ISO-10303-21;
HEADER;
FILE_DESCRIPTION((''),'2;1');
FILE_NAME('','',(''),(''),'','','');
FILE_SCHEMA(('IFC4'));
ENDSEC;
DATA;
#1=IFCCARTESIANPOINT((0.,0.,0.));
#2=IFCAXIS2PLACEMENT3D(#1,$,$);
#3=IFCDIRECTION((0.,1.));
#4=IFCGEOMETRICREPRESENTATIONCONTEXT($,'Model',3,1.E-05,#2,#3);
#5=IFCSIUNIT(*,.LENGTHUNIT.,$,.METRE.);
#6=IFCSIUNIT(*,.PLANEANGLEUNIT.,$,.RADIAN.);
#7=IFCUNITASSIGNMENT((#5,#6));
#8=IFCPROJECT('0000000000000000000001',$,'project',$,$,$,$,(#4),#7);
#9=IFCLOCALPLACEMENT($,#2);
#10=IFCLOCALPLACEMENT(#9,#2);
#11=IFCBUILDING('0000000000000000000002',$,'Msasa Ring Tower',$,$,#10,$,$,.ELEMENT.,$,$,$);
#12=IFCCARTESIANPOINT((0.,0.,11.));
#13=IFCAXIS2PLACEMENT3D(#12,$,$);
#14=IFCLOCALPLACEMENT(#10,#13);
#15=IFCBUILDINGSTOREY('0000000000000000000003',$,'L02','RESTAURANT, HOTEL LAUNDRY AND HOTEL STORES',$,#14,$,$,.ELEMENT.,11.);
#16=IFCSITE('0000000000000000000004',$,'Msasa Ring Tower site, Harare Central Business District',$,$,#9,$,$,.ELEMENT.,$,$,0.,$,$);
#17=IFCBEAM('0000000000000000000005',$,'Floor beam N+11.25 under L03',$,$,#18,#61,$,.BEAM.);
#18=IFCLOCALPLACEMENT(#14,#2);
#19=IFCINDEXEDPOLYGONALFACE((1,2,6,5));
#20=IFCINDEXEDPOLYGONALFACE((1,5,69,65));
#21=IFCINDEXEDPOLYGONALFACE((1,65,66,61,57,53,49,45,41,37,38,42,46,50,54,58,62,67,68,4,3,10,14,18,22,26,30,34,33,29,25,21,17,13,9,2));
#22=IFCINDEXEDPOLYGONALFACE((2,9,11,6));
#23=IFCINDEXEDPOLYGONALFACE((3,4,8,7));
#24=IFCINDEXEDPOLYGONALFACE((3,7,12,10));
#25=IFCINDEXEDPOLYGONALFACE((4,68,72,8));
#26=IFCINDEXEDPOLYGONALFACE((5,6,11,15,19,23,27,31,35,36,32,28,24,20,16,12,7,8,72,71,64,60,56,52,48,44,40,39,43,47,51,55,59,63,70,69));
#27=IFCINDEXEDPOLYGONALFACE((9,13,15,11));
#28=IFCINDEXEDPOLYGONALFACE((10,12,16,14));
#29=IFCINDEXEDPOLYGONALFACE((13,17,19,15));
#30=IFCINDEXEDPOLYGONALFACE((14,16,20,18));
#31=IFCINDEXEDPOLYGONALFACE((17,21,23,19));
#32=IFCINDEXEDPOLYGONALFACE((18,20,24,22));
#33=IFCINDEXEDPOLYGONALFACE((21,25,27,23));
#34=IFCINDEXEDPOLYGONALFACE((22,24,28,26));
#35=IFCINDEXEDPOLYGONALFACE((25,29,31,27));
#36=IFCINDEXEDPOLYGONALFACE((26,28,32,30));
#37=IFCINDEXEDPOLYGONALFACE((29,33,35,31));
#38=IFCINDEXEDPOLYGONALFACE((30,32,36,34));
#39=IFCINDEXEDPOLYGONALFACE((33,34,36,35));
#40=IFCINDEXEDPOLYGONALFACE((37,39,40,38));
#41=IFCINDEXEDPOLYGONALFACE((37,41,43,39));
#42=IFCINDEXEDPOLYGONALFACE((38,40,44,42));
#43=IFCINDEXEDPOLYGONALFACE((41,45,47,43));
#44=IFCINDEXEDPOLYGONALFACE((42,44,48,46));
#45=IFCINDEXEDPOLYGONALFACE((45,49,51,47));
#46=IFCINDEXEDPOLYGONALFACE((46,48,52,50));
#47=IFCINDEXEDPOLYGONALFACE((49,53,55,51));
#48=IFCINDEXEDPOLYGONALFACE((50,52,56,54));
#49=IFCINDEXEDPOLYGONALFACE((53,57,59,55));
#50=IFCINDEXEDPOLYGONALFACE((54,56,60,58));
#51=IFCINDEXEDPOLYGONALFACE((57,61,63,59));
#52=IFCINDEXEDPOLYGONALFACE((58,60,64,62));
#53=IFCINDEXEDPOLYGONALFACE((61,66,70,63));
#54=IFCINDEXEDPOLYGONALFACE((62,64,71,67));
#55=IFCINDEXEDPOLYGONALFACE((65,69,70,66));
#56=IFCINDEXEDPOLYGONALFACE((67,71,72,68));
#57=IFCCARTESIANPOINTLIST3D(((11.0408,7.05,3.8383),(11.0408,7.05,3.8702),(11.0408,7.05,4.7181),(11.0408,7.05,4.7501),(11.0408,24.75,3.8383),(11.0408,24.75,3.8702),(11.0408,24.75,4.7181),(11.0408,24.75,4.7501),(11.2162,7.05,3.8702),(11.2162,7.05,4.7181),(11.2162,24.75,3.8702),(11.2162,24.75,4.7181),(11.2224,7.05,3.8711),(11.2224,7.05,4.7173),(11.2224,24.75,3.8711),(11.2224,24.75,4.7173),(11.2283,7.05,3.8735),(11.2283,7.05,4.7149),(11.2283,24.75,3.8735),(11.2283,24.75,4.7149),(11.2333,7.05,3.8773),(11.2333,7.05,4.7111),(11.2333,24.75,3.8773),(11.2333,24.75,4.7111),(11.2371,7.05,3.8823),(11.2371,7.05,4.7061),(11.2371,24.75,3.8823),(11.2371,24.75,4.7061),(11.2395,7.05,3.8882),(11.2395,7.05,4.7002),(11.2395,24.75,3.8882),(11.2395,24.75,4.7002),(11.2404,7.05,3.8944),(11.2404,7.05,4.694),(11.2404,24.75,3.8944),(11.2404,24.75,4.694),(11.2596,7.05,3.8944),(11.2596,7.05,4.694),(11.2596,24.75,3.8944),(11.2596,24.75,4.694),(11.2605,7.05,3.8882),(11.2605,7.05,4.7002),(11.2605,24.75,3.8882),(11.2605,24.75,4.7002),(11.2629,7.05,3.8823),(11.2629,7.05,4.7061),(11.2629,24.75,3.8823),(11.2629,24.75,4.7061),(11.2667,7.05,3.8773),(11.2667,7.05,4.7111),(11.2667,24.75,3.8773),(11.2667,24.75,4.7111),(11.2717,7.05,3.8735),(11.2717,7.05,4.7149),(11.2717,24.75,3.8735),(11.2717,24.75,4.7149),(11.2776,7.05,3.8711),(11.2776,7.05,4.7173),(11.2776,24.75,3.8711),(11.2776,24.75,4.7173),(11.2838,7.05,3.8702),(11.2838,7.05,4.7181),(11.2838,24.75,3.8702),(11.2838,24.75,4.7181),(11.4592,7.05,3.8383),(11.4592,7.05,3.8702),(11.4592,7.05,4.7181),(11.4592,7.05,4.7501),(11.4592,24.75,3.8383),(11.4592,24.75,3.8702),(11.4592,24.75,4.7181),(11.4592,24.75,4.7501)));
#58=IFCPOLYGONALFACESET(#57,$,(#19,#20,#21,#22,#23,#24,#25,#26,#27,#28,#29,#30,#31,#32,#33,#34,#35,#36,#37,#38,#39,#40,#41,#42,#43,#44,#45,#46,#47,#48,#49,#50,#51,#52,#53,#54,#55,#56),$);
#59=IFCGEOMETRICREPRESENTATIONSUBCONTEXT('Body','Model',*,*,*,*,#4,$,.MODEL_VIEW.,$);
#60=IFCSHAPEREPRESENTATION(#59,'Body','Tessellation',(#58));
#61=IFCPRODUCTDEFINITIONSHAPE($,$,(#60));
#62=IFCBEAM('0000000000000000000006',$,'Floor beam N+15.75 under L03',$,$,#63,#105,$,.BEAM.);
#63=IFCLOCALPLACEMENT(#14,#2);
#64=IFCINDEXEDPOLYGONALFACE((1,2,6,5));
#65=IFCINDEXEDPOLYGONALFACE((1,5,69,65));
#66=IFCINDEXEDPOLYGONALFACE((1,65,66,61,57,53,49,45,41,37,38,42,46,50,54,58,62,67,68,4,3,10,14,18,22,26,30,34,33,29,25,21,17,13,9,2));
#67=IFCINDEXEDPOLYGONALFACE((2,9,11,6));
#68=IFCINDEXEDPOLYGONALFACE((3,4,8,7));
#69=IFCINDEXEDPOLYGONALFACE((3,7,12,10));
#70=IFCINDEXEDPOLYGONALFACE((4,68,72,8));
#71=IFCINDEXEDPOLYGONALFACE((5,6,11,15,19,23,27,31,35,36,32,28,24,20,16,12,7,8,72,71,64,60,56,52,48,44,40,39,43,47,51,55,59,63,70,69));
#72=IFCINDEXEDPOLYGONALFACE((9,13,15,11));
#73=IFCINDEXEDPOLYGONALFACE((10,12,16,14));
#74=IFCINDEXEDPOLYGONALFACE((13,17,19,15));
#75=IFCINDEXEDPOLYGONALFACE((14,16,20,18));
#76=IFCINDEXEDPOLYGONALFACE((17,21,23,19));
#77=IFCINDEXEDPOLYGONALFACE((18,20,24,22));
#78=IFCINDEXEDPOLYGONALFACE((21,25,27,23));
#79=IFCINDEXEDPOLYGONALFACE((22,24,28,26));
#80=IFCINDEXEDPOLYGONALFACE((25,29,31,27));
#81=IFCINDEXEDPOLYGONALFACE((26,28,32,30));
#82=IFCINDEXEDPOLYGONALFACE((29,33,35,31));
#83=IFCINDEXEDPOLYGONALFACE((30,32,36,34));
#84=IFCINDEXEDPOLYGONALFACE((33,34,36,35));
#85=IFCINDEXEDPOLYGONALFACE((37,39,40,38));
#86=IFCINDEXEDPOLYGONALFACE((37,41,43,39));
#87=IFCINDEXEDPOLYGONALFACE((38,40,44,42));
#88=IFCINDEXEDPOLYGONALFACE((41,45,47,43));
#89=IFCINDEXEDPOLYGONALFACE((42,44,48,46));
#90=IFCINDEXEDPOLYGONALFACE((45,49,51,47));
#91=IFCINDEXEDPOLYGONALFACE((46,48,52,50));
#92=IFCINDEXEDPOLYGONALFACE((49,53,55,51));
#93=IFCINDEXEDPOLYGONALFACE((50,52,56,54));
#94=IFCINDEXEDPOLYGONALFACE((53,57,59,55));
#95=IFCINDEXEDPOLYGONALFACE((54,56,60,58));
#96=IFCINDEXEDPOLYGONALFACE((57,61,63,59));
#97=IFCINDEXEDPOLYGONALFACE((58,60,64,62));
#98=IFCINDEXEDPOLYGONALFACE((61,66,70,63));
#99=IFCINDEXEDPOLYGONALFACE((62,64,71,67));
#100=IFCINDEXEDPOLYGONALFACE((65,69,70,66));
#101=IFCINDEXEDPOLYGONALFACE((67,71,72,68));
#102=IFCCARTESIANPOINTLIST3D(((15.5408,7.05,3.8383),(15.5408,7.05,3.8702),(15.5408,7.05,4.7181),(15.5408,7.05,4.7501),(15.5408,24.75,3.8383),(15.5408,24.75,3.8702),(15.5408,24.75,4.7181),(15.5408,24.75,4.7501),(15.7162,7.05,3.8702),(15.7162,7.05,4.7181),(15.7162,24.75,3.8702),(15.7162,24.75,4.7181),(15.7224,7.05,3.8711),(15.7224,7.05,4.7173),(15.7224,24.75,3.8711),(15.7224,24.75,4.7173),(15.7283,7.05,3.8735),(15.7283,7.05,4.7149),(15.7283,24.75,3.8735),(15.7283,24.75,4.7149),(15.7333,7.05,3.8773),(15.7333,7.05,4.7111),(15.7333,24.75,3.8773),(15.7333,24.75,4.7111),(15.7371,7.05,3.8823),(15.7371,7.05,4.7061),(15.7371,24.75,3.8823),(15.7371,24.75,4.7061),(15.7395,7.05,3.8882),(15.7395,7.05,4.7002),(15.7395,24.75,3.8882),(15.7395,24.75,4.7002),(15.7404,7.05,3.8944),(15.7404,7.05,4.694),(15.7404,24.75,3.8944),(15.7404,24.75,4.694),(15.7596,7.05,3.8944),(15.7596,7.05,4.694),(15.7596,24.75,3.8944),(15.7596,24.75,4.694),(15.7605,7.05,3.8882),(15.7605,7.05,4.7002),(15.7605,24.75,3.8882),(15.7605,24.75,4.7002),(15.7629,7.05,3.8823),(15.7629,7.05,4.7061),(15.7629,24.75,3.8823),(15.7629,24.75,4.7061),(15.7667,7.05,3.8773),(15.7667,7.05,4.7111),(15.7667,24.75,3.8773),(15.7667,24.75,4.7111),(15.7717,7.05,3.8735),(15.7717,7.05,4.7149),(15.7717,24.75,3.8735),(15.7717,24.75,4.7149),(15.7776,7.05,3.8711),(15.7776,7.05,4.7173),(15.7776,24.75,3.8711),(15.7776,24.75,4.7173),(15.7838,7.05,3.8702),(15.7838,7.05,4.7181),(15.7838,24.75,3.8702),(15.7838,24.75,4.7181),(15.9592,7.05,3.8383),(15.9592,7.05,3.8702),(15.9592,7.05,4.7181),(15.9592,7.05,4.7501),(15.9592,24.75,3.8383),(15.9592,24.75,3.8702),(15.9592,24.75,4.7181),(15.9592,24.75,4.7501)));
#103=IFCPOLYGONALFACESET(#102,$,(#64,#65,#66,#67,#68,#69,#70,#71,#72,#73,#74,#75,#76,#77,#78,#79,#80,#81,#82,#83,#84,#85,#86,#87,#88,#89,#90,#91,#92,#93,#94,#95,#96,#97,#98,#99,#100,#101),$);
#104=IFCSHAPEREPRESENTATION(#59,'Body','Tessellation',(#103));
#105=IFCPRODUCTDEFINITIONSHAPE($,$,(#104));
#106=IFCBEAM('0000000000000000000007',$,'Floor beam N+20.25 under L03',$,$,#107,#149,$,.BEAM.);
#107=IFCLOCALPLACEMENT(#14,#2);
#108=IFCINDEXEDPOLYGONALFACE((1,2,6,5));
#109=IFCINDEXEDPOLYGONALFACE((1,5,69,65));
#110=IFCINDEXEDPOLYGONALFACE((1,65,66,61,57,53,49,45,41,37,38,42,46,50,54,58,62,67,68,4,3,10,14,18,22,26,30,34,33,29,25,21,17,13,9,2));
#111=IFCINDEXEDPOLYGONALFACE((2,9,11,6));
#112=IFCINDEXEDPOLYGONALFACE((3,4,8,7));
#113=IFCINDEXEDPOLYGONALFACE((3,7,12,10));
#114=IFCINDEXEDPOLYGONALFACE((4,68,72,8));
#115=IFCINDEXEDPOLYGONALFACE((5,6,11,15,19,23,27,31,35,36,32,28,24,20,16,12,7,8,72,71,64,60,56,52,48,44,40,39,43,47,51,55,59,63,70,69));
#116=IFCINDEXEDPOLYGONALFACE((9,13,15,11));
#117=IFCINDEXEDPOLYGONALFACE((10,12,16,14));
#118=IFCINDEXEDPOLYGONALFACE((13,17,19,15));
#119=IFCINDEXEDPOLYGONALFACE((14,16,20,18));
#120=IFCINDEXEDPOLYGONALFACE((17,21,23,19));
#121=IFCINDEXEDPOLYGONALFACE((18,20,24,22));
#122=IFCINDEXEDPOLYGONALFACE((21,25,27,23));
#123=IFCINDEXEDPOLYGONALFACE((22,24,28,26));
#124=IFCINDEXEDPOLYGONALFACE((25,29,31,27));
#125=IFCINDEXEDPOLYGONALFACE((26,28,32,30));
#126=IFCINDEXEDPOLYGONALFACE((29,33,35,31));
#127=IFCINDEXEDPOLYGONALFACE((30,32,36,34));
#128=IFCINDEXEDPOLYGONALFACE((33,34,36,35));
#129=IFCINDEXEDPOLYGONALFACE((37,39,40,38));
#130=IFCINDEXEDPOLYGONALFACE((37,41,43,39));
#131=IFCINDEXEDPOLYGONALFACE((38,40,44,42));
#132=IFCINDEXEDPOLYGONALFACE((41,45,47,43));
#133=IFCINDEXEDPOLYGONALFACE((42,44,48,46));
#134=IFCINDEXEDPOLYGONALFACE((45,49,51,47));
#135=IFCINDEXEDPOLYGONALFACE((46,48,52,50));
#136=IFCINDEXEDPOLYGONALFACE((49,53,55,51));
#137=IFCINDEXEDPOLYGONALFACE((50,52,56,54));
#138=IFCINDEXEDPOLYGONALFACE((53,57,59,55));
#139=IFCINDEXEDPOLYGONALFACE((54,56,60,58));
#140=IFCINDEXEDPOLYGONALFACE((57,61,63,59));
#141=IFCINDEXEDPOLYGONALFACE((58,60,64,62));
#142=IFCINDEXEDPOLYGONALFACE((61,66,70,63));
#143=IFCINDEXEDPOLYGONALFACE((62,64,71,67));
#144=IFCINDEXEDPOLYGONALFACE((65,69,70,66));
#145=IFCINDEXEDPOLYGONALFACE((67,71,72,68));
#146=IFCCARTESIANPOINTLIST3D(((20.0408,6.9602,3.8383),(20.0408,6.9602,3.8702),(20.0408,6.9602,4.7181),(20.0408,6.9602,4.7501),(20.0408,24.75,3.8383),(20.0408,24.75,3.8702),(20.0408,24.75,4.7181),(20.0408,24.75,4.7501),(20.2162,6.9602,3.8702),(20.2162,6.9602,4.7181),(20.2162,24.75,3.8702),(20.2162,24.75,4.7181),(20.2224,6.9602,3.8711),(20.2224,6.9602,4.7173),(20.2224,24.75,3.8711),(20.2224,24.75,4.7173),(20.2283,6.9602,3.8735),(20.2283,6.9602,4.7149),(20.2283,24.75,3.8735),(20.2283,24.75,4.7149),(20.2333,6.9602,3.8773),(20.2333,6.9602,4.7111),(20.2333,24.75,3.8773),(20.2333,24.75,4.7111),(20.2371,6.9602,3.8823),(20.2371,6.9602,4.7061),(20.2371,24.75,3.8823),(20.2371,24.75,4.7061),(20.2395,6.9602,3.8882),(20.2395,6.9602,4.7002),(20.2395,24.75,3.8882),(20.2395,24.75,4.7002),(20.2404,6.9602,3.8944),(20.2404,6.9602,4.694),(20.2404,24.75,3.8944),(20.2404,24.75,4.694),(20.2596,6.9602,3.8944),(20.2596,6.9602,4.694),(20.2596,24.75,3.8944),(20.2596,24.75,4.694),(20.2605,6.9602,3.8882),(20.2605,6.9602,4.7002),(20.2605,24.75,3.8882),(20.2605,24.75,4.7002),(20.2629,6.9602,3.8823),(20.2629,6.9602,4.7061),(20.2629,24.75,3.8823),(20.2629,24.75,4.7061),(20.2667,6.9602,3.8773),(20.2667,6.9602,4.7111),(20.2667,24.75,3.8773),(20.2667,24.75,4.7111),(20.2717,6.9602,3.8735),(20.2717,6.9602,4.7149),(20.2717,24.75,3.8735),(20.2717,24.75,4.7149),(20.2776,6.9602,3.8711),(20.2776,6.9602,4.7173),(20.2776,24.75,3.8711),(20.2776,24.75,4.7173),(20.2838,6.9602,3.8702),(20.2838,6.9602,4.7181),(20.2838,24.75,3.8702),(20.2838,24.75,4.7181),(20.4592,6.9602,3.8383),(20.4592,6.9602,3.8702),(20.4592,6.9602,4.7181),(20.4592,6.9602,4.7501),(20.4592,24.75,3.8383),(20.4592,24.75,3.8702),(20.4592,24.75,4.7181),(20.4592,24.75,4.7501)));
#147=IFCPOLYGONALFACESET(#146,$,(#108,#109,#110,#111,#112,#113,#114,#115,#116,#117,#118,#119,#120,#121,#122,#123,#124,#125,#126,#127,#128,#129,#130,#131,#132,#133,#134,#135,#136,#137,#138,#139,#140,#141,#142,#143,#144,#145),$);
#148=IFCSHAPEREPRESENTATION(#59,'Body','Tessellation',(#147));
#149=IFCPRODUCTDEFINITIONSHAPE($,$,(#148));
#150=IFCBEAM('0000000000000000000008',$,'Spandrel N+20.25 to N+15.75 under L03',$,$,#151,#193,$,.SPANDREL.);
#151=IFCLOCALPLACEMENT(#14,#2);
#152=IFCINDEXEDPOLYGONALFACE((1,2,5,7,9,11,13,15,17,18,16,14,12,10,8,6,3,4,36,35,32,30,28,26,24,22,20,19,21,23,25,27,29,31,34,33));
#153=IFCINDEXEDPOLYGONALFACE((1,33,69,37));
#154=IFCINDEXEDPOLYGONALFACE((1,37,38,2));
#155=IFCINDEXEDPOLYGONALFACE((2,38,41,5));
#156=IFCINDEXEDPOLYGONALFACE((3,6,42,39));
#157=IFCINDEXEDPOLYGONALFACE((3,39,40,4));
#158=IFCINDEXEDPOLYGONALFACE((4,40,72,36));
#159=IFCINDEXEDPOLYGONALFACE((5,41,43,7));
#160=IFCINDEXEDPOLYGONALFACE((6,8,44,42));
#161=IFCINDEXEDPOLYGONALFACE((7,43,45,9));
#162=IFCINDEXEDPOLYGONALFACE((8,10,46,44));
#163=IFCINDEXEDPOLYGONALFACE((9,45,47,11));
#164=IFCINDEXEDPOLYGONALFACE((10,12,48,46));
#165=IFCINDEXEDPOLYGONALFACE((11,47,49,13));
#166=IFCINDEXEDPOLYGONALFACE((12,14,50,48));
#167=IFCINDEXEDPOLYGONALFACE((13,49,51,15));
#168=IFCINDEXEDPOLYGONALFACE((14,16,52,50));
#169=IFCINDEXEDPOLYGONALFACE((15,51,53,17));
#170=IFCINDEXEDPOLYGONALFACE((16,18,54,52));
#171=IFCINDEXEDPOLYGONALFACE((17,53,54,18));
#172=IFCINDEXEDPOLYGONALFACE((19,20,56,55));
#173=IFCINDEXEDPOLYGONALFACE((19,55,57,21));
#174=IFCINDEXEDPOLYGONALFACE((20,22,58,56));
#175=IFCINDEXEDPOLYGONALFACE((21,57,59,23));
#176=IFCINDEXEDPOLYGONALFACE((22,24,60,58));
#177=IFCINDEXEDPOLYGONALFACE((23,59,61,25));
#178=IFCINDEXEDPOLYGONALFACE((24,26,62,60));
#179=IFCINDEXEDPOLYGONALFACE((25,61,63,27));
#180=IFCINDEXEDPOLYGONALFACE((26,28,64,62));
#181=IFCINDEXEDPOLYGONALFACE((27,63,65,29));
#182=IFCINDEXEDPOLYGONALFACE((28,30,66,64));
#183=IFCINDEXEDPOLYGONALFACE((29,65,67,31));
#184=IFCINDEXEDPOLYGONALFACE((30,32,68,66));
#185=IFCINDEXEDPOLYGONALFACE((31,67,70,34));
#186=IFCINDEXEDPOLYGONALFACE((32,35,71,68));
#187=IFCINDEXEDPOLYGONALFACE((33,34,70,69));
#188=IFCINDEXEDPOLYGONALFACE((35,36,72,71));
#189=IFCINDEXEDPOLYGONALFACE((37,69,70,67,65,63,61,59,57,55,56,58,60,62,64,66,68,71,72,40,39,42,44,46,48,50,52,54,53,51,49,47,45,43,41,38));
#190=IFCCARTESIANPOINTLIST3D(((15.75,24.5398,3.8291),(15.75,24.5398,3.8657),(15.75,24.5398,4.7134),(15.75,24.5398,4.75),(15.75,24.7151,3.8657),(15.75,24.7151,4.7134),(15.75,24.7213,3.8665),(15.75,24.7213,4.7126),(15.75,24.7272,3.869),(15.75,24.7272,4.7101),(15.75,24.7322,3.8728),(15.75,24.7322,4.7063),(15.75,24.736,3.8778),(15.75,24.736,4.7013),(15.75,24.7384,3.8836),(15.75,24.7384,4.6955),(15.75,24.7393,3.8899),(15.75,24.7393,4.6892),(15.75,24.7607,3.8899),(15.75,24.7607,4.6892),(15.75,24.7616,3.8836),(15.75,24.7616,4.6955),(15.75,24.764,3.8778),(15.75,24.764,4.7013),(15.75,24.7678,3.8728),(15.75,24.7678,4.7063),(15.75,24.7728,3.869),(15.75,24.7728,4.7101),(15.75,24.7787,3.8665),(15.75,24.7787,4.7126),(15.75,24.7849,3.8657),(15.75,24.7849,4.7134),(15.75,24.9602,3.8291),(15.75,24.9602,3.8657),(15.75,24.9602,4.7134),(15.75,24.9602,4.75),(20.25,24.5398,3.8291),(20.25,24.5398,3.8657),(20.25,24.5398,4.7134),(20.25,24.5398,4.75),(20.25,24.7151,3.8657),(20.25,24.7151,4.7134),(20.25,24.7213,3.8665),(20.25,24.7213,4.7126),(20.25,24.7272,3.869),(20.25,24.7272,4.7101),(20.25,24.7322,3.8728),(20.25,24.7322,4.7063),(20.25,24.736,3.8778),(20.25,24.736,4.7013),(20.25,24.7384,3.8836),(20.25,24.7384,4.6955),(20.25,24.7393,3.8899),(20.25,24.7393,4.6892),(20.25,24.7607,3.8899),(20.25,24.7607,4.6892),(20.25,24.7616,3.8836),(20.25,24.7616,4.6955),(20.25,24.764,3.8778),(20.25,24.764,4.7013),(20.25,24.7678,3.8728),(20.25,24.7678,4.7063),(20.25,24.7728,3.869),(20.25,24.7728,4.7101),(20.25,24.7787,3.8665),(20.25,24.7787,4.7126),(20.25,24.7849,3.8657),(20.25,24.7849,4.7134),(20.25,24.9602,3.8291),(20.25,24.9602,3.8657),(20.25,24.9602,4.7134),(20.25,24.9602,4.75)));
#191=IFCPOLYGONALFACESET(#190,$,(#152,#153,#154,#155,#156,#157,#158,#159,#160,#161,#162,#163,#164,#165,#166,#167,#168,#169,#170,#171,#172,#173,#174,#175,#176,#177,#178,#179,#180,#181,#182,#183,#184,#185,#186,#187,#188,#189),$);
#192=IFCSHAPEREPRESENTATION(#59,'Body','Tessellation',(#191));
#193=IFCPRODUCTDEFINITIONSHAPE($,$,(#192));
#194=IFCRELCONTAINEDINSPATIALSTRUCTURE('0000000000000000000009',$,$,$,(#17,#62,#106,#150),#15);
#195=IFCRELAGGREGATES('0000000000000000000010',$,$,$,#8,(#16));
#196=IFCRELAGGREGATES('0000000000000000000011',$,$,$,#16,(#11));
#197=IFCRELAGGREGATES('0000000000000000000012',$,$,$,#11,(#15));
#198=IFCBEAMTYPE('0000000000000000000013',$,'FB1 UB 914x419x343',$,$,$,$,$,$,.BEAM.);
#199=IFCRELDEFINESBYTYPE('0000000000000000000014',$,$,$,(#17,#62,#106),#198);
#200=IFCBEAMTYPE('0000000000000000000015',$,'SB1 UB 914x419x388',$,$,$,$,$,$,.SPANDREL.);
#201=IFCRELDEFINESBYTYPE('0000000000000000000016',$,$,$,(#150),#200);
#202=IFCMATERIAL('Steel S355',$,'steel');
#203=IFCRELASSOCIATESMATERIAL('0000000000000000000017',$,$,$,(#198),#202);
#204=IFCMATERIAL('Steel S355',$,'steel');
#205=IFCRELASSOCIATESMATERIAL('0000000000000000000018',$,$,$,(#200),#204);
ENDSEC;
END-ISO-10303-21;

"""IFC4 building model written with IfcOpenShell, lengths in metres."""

from ifc_helpers import new_model, si_unit, direction, frame, origin, origin_2d, place, context, subcontext, project, spatial, i_section, extrude, material, material_profile, profile_set, type_object, element, save


model = new_model("IFC4")

# Units and contexts
model_context = context("Model", 3, precision=1e-05, world=origin(), true_north=direction((0.0, 1.0)))
body_context = subcontext(model_context, "Body", "Model", "MODEL_VIEW")
ifc_project = project(units=[si_unit("LENGTHUNIT", "METRE"), si_unit("PLANEANGLEUNIT", "RADIAN")], contexts=[model_context])

# Site, building, storey
site_placement = place(None, origin())
site = spatial("IfcSite", under=ifc_project, at=site_placement, Name="Msasa Ring Tower site, Harare Central Business District", CompositionType="ELEMENT", RefElevation=0.0)
building_placement = place(site_placement, origin())
building = spatial("IfcBuilding", under=site, at=building_placement, Name="Msasa Ring Tower", CompositionType="ELEMENT")
storey_placement = place(building_placement, frame((0.0, 0.0, 11.0)))
storey = spatial("IfcBuildingStorey", under=building, at=storey_placement, Name="L02", Description="RESTAURANT, HOTEL LAUNDRY AND HOTEL STORES", CompositionType="ELEMENT", Elevation=11.0)

# Beams
ifc_material_1 = material(Name="Steel S355", Category="steel")
ifc_material_profile_1 = material_profile(ifc_material_1, i_section(OverallWidth=0.4185, OverallDepth=0.9119, WebThickness=0.0193, FlangeThickness=0.032, FilletRadius=0.0242, at=origin_2d()), Name="UB 914x419x343")
ifc_profile_set_1 = profile_set([ifc_material_profile_1], Name="Steel S355")
beam_type_1 = type_object("IfcBeamType", Name="FB1 UB 914x419x343", PredefinedType="BEAM", material=ifc_profile_set_1)
for number, where, z_axis, x_axis, name in (
    (1, (11.25, 24.75, 4.2942), (0.0, -1.0, 0.0), (1.0, 0.0, 0.0), "Floor beam N+11.25 under L03"),
    (2, (15.75, 24.75, 4.2942), (0.0, -1.0, 0.0), (1.0, 0.0, 0.0), "Floor beam N+15.75 under L03"),
):
    element("IfcBeam", number, at=place(storey_placement, frame(where, z_axis=z_axis, x_axis=x_axis)), inside=storey, type_object=beam_type_1, Name=name, PredefinedType="BEAM", context=body_context, shape_type="SweptSolid", body=[
        extrude(i_section(OverallWidth=0.4185, OverallDepth=0.9119, WebThickness=0.0193, FlangeThickness=0.032, FilletRadius=0.0242, at=origin_2d()), origin(), (0.0, 0.0, 1.0), 17.7),
    ])
beam_placement = place(storey_placement, frame((20.25, 24.75, 4.2942), z_axis=(0.0, -1.0, 0.0), x_axis=(1.0, 0.0, 0.0)))
element("IfcBeam", 3, at=beam_placement, inside=storey, type_object=beam_type_1, Name="Floor beam N+20.25 under L03", PredefinedType="BEAM", context=body_context, shape_type="SweptSolid", body=[
    extrude(i_section(OverallWidth=0.4185, OverallDepth=0.9119, WebThickness=0.0193, FlangeThickness=0.032, FilletRadius=0.0242, at=origin_2d()), origin(), (0.0, 0.0, 1.0), 17.7898),
])
ifc_material_2 = material(Name="Steel S355", Category="steel")
ifc_material_profile_2 = material_profile(ifc_material_2, i_section(OverallWidth=0.4204, OverallDepth=0.9209, WebThickness=0.0215, FlangeThickness=0.0366, FilletRadius=0.0242, at=origin_2d()), Name="UB 914x419x388")
ifc_profile_set_2 = profile_set([ifc_material_profile_2], Name="Steel S355")
beam_type_2 = type_object("IfcBeamType", Name="SB1 UB 914x419x388", PredefinedType="SPANDREL", material=ifc_profile_set_2)
for number, where, z_axis, x_axis, name in (
    (4, (20.25, 24.75, 4.2896), (-1.0, 0.0, 0.0), (0.0, -1.0, 0.0), "Spandrel N+20.25 to N+15.75 under L03"),
):
    element("IfcBeam", number, at=place(storey_placement, frame(where, z_axis=z_axis, x_axis=x_axis)), inside=storey, type_object=beam_type_2, Name=name, PredefinedType="SPANDREL", context=body_context, shape_type="SweptSolid", body=[
        extrude(i_section(OverallWidth=0.4204, OverallDepth=0.9209, WebThickness=0.0215, FlangeThickness=0.0366, FilletRadius=0.0242, at=origin_2d()), origin(), (0.0, 0.0, 1.0), 4.5),
    ])

save(model, "model.ifc")
